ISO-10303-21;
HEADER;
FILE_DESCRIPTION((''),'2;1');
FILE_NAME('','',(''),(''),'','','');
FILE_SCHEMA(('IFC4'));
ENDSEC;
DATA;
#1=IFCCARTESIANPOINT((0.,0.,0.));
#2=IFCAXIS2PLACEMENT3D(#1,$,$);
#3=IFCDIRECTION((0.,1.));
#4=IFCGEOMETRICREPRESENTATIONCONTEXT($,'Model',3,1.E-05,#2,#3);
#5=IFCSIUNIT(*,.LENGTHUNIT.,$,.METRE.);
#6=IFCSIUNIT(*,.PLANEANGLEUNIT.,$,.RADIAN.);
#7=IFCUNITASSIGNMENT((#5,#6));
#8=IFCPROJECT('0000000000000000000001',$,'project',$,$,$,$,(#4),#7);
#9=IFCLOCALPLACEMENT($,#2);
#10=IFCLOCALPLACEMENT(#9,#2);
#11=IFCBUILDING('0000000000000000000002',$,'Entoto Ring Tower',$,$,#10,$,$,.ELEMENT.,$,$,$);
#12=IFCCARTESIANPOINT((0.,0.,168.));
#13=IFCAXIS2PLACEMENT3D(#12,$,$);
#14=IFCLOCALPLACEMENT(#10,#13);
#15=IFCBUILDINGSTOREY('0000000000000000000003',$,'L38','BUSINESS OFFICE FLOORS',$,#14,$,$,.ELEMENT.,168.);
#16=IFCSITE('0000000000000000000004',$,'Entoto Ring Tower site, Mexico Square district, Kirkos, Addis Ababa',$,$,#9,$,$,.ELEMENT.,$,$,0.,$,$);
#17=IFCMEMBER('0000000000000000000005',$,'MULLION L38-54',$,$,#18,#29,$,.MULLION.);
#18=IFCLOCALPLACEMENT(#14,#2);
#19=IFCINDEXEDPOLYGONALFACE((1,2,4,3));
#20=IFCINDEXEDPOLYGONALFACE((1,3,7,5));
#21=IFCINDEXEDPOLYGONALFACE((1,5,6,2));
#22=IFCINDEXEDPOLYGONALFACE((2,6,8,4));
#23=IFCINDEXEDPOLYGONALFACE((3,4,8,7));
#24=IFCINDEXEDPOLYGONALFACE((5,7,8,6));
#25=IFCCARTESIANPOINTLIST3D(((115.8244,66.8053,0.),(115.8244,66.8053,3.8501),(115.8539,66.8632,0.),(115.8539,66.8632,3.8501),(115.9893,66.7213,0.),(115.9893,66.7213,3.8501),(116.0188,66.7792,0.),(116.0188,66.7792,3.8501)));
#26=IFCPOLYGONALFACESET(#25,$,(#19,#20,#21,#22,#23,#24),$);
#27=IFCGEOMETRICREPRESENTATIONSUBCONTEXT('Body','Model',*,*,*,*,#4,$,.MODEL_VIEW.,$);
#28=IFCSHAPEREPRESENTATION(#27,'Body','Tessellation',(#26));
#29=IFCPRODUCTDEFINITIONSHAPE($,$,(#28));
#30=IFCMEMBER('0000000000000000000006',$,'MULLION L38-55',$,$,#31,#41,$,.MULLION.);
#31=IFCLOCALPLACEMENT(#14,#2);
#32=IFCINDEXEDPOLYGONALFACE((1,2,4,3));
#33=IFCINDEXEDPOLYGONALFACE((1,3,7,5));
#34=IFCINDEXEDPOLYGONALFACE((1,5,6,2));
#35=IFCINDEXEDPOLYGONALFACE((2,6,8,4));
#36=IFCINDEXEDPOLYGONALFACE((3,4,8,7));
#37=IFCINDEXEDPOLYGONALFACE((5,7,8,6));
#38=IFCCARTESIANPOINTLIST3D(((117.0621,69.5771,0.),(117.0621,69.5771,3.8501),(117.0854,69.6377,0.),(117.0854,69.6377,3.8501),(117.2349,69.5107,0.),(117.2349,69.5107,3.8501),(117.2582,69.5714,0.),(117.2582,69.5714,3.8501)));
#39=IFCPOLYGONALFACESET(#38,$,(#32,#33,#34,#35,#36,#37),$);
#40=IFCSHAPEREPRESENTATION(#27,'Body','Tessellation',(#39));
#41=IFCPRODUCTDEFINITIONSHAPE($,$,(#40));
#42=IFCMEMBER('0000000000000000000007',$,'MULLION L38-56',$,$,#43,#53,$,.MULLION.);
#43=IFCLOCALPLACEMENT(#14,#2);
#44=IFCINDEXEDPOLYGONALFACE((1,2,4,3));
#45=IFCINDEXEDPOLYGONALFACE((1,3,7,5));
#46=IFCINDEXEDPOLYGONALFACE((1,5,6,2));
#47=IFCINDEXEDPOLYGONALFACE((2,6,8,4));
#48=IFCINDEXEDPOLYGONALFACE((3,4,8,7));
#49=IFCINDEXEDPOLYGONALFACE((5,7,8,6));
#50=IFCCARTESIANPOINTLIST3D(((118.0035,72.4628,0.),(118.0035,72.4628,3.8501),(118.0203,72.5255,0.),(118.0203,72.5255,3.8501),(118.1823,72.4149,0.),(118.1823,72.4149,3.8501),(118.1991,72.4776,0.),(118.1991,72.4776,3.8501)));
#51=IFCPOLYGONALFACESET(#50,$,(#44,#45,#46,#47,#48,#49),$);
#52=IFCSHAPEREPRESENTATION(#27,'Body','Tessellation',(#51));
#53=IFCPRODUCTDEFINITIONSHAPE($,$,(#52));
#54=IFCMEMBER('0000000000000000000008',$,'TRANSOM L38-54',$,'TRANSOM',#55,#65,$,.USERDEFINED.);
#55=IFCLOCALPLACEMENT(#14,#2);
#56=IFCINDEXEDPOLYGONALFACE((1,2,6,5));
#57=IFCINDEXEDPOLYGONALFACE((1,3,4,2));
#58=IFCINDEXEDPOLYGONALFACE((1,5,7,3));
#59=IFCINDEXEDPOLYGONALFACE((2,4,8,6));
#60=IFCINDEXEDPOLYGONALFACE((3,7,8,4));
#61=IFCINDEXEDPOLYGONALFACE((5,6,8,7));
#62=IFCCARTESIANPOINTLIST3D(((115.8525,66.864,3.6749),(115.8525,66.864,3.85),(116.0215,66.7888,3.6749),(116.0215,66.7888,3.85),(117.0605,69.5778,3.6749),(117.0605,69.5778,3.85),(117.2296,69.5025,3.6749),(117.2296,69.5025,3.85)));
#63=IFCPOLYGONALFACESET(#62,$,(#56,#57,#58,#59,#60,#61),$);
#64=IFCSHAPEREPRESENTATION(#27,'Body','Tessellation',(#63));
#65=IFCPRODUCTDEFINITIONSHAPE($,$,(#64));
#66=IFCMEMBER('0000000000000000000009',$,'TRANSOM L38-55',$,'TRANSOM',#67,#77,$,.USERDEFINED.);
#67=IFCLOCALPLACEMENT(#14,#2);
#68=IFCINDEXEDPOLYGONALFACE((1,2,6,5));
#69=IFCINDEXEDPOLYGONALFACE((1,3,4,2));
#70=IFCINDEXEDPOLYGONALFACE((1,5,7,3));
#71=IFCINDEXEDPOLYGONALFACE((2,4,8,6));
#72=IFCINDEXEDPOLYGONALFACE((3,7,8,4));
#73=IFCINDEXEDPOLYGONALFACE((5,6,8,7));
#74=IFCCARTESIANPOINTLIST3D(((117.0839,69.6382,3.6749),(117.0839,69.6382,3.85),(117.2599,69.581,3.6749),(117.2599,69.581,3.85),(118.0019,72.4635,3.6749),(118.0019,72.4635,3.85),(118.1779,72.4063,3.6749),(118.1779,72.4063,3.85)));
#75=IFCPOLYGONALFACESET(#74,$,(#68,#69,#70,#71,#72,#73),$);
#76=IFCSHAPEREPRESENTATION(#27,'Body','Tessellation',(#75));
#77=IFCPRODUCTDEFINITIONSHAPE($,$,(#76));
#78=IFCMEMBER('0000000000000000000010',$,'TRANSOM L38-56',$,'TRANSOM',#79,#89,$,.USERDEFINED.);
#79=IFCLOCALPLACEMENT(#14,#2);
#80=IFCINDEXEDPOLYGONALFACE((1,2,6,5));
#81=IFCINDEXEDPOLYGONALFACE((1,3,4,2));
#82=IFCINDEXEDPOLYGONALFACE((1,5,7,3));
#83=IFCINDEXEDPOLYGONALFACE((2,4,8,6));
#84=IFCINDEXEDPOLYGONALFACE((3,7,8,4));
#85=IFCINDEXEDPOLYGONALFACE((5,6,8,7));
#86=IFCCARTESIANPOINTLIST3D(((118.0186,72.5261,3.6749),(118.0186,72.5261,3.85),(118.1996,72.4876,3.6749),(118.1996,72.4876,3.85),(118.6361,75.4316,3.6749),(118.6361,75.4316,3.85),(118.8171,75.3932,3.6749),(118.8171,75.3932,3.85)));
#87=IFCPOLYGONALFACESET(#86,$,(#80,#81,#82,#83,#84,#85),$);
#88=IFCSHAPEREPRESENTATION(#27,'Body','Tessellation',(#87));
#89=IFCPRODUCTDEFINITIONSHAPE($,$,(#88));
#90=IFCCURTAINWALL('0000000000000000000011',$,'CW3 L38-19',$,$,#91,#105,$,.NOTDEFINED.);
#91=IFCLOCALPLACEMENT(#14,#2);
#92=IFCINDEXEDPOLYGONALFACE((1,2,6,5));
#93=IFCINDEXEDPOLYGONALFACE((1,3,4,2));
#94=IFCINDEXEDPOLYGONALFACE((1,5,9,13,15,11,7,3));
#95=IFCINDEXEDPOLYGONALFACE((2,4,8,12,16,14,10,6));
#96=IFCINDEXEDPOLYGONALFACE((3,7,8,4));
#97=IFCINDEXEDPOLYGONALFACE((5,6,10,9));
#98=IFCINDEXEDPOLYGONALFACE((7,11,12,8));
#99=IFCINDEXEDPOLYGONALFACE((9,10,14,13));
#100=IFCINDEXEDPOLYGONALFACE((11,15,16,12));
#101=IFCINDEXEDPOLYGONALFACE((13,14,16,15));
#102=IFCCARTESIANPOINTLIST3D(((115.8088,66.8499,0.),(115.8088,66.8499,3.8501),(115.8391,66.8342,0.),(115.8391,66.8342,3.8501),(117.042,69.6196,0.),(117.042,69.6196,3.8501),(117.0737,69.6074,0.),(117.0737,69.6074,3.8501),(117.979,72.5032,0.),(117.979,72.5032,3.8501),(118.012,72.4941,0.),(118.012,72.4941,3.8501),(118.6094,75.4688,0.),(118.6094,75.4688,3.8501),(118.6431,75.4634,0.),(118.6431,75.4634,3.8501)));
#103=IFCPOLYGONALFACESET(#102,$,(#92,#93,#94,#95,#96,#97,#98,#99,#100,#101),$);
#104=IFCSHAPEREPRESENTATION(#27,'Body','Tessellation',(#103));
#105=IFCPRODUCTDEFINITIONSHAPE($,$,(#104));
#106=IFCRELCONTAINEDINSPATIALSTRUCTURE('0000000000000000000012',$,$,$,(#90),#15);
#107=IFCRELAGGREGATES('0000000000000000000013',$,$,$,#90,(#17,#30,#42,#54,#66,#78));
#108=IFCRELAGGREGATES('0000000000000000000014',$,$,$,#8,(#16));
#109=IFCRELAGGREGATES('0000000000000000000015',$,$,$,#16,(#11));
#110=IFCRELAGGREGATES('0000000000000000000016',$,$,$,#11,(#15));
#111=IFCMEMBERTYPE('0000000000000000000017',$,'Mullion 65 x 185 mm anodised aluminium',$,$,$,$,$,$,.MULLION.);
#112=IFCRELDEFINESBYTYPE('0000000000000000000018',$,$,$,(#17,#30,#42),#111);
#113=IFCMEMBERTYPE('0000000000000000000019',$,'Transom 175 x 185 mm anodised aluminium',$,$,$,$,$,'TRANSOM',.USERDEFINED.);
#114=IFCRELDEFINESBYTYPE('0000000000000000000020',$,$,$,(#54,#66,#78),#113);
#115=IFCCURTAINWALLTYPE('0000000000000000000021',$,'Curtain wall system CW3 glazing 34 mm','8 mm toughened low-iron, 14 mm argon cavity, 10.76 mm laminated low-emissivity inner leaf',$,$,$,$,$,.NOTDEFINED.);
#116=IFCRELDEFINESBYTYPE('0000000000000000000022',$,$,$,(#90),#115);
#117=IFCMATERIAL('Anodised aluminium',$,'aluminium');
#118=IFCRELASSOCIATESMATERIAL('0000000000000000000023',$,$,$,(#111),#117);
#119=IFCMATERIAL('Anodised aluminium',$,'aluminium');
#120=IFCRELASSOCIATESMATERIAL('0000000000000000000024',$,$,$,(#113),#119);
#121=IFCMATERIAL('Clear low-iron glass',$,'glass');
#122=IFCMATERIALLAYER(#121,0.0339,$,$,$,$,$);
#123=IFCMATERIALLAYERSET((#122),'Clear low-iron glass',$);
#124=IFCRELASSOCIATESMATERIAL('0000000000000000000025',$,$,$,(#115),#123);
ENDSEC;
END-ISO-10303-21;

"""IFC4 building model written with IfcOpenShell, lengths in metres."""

from ifc_helpers import new_model, si_unit, direction, frame, origin, origin_2d, place, context, subcontext, project, spatial, polyline, rectangle, outline, extrude, material, layer, layer_set, material_profile, profile_set, type_object, element, aggregate, save


model = new_model("IFC4")

# Units and contexts
model_context = context("Model", 3, precision=1e-05, world=origin(), true_north=direction((0.0, 1.0)))
body_context = subcontext(model_context, "Body", "Model", "MODEL_VIEW")
ifc_project = project(units=[si_unit("LENGTHUNIT", "METRE"), si_unit("PLANEANGLEUNIT", "RADIAN")], contexts=[model_context])

# Members
ifc_material_1 = material(Name="Anodised aluminium", Category="aluminium")
ifc_material_profile_1 = material_profile(ifc_material_1, rectangle(XDim=0.0649, YDim=0.1851, at=origin_2d()), Name="Mullion 65 x 185 mm anodised aluminium")
ifc_profile_set_1 = profile_set([ifc_material_profile_1], Name="Anodised aluminium")
member_type_1 = type_object("IfcMemberType", Name="Mullion 65 x 185 mm anodised aluminium", PredefinedType="MULLION", material=ifc_profile_set_1)
site_placement = place(None, origin())
building_placement = place(site_placement, origin())
storey_placement = place(building_placement, frame((0.0, 0.0, 168.0)))
member_1_placement = place(storey_placement, frame((115.9216, 66.7922, 0.0), z_axis=(0.0, 0.0, 1.0), x_axis=(0.45399, 0.891007, 0.0)))
member_1 = element("IfcMember", 1, at=member_1_placement, type_object=member_type_1, Name="MULLION L38-54", PredefinedType="MULLION", context=body_context, shape_type="SweptSolid", body=[
    extrude(rectangle(XDim=0.0649, YDim=0.1851, at=origin_2d()), origin(), (0.0, 0.0, 1.0), 3.8501),
])
member_2_placement = place(storey_placement, frame((117.1602, 69.5742, 0.0), z_axis=(0.0, 0.0, 1.0), x_axis=(0.358368, 0.93358, 0.0)))
member_2 = element("IfcMember", 2, at=member_2_placement, type_object=member_type_1, Name="MULLION L38-55", PredefinedType="MULLION", context=body_context, shape_type="SweptSolid", body=[
    extrude(rectangle(XDim=0.0649, YDim=0.1851, at=origin_2d()), origin(), (0.0, 0.0, 1.0), 3.8501),
])
member_3_placement = place(storey_placement, frame((118.1013, 72.4702, 0.0), z_axis=(0.0, 0.0, 1.0), x_axis=(0.258819, 0.965926, 0.0)))
member_3 = element("IfcMember", 3, at=member_3_placement, type_object=member_type_1, Name="MULLION L38-56", PredefinedType="MULLION", context=body_context, shape_type="SweptSolid", body=[
    extrude(rectangle(XDim=0.0649, YDim=0.1851, at=origin_2d()), origin(), (0.0, 0.0, 1.0), 3.8501),
])
ifc_material_2 = material(Name="Anodised aluminium", Category="aluminium")
ifc_material_profile_2 = material_profile(ifc_material_2, rectangle(XDim=0.1851, YDim=0.175, at=origin_2d()), Name="Transom 175 x 185 mm anodised aluminium")
ifc_profile_set_2 = profile_set([ifc_material_profile_2], Name="Anodised aluminium")
member_type_2 = type_object("IfcMemberType", Name="Transom 175 x 185 mm anodised aluminium", ElementType="TRANSOM", PredefinedType="USERDEFINED", material=ifc_profile_set_2)
member_4_placement = place(storey_placement, frame((115.937, 66.8264, 3.7625), z_axis=(0.406687, 0.913567, 0.0), x_axis=(-0.913567, 0.406687, 0.0)))
member_4 = element("IfcMember", 4, at=member_4_placement, type_object=member_type_2, Name="TRANSOM L38-54", ObjectType="TRANSOM", PredefinedType="USERDEFINED", context=body_context, shape_type="SweptSolid", body=[
    extrude(rectangle(XDim=0.1851, YDim=0.175, at=origin_2d()), origin(), (0.0, 0.0, 1.0), 2.9705),
])
member_5_placement = place(storey_placement, frame((117.1719, 69.6096, 3.7625), z_axis=(0.309019, 0.951056, 0.0), x_axis=(-0.951056, 0.309019, 0.0)))
member_5 = element("IfcMember", 5, at=member_5_placement, type_object=member_type_2, Name="TRANSOM L38-55", ObjectType="TRANSOM", PredefinedType="USERDEFINED", context=body_context, shape_type="SweptSolid", body=[
    extrude(rectangle(XDim=0.1851, YDim=0.175, at=origin_2d()), origin(), (0.0, 0.0, 1.0), 2.9707),
])
member_6_placement = place(storey_placement, frame((118.1091, 72.5068, 3.7625), z_axis=(0.207862, 0.978158, 0.0), x_axis=(-0.978158, 0.207862, 0.0)))
member_6 = element("IfcMember", 6, at=member_6_placement, type_object=member_type_2, Name="TRANSOM L38-56", ObjectType="TRANSOM", PredefinedType="USERDEFINED", context=body_context, shape_type="SweptSolid", body=[
    extrude(rectangle(XDim=0.1851, YDim=0.175, at=origin_2d()), origin(), (0.0, 0.0, 1.0), 2.9705),
])

# Site, building, storey
site = spatial("IfcSite", under=ifc_project, at=site_placement, Name="Entoto Ring Tower site, Mexico Square district, Kirkos, Addis Ababa", CompositionType="ELEMENT", RefElevation=0.0)
building = spatial("IfcBuilding", under=site, at=building_placement, Name="Entoto Ring Tower", CompositionType="ELEMENT")
storey = spatial("IfcBuildingStorey", under=building, at=storey_placement, Name="L38", Description="BUSINESS OFFICE FLOORS", CompositionType="ELEMENT", Elevation=168.0)

# Curtain wall
ifc_material_3 = material(Name="Clear low-iron glass", Category="glass")
ifc_layer_1 = layer(ifc_material_3, 0.0339)
ifc_layer_set_1 = layer_set([ifc_layer_1], Name="Clear low-iron glass")
curtain_wall_type = type_object("IfcCurtainWallType", Name="Curtain wall system CW3 glazing 34 mm", Description="8 mm toughened low-iron, 14 mm argon cavity, 10.76 mm laminated low-emissivity inner leaf", PredefinedType="NOTDEFINED", material=ifc_layer_set_1)
curtain_wall_1_placement = place(storey_placement, origin())
curtain_wall_1 = element("IfcCurtainWall", 7, at=curtain_wall_1_placement, inside=storey, type_object=curtain_wall_type, Name="CW3 L38-19", PredefinedType="NOTDEFINED", context=body_context, shape_type="SweptSolid", body=[
    extrude(outline(polyline([(115.8391, 66.8342), (117.0737, 69.6074), (118.012, 72.4941), (118.6431, 75.4634), (118.6094, 75.4688), (117.979, 72.5032), (117.042, 69.6196), (115.8088, 66.8499), (115.8391, 66.8342)])), origin(), (0.0, 0.0, 1.0), 3.8501),
])
aggregate(curtain_wall_1, [member_1, member_2, member_3, member_4, member_5, member_6])

save(model, "model.ifc")
